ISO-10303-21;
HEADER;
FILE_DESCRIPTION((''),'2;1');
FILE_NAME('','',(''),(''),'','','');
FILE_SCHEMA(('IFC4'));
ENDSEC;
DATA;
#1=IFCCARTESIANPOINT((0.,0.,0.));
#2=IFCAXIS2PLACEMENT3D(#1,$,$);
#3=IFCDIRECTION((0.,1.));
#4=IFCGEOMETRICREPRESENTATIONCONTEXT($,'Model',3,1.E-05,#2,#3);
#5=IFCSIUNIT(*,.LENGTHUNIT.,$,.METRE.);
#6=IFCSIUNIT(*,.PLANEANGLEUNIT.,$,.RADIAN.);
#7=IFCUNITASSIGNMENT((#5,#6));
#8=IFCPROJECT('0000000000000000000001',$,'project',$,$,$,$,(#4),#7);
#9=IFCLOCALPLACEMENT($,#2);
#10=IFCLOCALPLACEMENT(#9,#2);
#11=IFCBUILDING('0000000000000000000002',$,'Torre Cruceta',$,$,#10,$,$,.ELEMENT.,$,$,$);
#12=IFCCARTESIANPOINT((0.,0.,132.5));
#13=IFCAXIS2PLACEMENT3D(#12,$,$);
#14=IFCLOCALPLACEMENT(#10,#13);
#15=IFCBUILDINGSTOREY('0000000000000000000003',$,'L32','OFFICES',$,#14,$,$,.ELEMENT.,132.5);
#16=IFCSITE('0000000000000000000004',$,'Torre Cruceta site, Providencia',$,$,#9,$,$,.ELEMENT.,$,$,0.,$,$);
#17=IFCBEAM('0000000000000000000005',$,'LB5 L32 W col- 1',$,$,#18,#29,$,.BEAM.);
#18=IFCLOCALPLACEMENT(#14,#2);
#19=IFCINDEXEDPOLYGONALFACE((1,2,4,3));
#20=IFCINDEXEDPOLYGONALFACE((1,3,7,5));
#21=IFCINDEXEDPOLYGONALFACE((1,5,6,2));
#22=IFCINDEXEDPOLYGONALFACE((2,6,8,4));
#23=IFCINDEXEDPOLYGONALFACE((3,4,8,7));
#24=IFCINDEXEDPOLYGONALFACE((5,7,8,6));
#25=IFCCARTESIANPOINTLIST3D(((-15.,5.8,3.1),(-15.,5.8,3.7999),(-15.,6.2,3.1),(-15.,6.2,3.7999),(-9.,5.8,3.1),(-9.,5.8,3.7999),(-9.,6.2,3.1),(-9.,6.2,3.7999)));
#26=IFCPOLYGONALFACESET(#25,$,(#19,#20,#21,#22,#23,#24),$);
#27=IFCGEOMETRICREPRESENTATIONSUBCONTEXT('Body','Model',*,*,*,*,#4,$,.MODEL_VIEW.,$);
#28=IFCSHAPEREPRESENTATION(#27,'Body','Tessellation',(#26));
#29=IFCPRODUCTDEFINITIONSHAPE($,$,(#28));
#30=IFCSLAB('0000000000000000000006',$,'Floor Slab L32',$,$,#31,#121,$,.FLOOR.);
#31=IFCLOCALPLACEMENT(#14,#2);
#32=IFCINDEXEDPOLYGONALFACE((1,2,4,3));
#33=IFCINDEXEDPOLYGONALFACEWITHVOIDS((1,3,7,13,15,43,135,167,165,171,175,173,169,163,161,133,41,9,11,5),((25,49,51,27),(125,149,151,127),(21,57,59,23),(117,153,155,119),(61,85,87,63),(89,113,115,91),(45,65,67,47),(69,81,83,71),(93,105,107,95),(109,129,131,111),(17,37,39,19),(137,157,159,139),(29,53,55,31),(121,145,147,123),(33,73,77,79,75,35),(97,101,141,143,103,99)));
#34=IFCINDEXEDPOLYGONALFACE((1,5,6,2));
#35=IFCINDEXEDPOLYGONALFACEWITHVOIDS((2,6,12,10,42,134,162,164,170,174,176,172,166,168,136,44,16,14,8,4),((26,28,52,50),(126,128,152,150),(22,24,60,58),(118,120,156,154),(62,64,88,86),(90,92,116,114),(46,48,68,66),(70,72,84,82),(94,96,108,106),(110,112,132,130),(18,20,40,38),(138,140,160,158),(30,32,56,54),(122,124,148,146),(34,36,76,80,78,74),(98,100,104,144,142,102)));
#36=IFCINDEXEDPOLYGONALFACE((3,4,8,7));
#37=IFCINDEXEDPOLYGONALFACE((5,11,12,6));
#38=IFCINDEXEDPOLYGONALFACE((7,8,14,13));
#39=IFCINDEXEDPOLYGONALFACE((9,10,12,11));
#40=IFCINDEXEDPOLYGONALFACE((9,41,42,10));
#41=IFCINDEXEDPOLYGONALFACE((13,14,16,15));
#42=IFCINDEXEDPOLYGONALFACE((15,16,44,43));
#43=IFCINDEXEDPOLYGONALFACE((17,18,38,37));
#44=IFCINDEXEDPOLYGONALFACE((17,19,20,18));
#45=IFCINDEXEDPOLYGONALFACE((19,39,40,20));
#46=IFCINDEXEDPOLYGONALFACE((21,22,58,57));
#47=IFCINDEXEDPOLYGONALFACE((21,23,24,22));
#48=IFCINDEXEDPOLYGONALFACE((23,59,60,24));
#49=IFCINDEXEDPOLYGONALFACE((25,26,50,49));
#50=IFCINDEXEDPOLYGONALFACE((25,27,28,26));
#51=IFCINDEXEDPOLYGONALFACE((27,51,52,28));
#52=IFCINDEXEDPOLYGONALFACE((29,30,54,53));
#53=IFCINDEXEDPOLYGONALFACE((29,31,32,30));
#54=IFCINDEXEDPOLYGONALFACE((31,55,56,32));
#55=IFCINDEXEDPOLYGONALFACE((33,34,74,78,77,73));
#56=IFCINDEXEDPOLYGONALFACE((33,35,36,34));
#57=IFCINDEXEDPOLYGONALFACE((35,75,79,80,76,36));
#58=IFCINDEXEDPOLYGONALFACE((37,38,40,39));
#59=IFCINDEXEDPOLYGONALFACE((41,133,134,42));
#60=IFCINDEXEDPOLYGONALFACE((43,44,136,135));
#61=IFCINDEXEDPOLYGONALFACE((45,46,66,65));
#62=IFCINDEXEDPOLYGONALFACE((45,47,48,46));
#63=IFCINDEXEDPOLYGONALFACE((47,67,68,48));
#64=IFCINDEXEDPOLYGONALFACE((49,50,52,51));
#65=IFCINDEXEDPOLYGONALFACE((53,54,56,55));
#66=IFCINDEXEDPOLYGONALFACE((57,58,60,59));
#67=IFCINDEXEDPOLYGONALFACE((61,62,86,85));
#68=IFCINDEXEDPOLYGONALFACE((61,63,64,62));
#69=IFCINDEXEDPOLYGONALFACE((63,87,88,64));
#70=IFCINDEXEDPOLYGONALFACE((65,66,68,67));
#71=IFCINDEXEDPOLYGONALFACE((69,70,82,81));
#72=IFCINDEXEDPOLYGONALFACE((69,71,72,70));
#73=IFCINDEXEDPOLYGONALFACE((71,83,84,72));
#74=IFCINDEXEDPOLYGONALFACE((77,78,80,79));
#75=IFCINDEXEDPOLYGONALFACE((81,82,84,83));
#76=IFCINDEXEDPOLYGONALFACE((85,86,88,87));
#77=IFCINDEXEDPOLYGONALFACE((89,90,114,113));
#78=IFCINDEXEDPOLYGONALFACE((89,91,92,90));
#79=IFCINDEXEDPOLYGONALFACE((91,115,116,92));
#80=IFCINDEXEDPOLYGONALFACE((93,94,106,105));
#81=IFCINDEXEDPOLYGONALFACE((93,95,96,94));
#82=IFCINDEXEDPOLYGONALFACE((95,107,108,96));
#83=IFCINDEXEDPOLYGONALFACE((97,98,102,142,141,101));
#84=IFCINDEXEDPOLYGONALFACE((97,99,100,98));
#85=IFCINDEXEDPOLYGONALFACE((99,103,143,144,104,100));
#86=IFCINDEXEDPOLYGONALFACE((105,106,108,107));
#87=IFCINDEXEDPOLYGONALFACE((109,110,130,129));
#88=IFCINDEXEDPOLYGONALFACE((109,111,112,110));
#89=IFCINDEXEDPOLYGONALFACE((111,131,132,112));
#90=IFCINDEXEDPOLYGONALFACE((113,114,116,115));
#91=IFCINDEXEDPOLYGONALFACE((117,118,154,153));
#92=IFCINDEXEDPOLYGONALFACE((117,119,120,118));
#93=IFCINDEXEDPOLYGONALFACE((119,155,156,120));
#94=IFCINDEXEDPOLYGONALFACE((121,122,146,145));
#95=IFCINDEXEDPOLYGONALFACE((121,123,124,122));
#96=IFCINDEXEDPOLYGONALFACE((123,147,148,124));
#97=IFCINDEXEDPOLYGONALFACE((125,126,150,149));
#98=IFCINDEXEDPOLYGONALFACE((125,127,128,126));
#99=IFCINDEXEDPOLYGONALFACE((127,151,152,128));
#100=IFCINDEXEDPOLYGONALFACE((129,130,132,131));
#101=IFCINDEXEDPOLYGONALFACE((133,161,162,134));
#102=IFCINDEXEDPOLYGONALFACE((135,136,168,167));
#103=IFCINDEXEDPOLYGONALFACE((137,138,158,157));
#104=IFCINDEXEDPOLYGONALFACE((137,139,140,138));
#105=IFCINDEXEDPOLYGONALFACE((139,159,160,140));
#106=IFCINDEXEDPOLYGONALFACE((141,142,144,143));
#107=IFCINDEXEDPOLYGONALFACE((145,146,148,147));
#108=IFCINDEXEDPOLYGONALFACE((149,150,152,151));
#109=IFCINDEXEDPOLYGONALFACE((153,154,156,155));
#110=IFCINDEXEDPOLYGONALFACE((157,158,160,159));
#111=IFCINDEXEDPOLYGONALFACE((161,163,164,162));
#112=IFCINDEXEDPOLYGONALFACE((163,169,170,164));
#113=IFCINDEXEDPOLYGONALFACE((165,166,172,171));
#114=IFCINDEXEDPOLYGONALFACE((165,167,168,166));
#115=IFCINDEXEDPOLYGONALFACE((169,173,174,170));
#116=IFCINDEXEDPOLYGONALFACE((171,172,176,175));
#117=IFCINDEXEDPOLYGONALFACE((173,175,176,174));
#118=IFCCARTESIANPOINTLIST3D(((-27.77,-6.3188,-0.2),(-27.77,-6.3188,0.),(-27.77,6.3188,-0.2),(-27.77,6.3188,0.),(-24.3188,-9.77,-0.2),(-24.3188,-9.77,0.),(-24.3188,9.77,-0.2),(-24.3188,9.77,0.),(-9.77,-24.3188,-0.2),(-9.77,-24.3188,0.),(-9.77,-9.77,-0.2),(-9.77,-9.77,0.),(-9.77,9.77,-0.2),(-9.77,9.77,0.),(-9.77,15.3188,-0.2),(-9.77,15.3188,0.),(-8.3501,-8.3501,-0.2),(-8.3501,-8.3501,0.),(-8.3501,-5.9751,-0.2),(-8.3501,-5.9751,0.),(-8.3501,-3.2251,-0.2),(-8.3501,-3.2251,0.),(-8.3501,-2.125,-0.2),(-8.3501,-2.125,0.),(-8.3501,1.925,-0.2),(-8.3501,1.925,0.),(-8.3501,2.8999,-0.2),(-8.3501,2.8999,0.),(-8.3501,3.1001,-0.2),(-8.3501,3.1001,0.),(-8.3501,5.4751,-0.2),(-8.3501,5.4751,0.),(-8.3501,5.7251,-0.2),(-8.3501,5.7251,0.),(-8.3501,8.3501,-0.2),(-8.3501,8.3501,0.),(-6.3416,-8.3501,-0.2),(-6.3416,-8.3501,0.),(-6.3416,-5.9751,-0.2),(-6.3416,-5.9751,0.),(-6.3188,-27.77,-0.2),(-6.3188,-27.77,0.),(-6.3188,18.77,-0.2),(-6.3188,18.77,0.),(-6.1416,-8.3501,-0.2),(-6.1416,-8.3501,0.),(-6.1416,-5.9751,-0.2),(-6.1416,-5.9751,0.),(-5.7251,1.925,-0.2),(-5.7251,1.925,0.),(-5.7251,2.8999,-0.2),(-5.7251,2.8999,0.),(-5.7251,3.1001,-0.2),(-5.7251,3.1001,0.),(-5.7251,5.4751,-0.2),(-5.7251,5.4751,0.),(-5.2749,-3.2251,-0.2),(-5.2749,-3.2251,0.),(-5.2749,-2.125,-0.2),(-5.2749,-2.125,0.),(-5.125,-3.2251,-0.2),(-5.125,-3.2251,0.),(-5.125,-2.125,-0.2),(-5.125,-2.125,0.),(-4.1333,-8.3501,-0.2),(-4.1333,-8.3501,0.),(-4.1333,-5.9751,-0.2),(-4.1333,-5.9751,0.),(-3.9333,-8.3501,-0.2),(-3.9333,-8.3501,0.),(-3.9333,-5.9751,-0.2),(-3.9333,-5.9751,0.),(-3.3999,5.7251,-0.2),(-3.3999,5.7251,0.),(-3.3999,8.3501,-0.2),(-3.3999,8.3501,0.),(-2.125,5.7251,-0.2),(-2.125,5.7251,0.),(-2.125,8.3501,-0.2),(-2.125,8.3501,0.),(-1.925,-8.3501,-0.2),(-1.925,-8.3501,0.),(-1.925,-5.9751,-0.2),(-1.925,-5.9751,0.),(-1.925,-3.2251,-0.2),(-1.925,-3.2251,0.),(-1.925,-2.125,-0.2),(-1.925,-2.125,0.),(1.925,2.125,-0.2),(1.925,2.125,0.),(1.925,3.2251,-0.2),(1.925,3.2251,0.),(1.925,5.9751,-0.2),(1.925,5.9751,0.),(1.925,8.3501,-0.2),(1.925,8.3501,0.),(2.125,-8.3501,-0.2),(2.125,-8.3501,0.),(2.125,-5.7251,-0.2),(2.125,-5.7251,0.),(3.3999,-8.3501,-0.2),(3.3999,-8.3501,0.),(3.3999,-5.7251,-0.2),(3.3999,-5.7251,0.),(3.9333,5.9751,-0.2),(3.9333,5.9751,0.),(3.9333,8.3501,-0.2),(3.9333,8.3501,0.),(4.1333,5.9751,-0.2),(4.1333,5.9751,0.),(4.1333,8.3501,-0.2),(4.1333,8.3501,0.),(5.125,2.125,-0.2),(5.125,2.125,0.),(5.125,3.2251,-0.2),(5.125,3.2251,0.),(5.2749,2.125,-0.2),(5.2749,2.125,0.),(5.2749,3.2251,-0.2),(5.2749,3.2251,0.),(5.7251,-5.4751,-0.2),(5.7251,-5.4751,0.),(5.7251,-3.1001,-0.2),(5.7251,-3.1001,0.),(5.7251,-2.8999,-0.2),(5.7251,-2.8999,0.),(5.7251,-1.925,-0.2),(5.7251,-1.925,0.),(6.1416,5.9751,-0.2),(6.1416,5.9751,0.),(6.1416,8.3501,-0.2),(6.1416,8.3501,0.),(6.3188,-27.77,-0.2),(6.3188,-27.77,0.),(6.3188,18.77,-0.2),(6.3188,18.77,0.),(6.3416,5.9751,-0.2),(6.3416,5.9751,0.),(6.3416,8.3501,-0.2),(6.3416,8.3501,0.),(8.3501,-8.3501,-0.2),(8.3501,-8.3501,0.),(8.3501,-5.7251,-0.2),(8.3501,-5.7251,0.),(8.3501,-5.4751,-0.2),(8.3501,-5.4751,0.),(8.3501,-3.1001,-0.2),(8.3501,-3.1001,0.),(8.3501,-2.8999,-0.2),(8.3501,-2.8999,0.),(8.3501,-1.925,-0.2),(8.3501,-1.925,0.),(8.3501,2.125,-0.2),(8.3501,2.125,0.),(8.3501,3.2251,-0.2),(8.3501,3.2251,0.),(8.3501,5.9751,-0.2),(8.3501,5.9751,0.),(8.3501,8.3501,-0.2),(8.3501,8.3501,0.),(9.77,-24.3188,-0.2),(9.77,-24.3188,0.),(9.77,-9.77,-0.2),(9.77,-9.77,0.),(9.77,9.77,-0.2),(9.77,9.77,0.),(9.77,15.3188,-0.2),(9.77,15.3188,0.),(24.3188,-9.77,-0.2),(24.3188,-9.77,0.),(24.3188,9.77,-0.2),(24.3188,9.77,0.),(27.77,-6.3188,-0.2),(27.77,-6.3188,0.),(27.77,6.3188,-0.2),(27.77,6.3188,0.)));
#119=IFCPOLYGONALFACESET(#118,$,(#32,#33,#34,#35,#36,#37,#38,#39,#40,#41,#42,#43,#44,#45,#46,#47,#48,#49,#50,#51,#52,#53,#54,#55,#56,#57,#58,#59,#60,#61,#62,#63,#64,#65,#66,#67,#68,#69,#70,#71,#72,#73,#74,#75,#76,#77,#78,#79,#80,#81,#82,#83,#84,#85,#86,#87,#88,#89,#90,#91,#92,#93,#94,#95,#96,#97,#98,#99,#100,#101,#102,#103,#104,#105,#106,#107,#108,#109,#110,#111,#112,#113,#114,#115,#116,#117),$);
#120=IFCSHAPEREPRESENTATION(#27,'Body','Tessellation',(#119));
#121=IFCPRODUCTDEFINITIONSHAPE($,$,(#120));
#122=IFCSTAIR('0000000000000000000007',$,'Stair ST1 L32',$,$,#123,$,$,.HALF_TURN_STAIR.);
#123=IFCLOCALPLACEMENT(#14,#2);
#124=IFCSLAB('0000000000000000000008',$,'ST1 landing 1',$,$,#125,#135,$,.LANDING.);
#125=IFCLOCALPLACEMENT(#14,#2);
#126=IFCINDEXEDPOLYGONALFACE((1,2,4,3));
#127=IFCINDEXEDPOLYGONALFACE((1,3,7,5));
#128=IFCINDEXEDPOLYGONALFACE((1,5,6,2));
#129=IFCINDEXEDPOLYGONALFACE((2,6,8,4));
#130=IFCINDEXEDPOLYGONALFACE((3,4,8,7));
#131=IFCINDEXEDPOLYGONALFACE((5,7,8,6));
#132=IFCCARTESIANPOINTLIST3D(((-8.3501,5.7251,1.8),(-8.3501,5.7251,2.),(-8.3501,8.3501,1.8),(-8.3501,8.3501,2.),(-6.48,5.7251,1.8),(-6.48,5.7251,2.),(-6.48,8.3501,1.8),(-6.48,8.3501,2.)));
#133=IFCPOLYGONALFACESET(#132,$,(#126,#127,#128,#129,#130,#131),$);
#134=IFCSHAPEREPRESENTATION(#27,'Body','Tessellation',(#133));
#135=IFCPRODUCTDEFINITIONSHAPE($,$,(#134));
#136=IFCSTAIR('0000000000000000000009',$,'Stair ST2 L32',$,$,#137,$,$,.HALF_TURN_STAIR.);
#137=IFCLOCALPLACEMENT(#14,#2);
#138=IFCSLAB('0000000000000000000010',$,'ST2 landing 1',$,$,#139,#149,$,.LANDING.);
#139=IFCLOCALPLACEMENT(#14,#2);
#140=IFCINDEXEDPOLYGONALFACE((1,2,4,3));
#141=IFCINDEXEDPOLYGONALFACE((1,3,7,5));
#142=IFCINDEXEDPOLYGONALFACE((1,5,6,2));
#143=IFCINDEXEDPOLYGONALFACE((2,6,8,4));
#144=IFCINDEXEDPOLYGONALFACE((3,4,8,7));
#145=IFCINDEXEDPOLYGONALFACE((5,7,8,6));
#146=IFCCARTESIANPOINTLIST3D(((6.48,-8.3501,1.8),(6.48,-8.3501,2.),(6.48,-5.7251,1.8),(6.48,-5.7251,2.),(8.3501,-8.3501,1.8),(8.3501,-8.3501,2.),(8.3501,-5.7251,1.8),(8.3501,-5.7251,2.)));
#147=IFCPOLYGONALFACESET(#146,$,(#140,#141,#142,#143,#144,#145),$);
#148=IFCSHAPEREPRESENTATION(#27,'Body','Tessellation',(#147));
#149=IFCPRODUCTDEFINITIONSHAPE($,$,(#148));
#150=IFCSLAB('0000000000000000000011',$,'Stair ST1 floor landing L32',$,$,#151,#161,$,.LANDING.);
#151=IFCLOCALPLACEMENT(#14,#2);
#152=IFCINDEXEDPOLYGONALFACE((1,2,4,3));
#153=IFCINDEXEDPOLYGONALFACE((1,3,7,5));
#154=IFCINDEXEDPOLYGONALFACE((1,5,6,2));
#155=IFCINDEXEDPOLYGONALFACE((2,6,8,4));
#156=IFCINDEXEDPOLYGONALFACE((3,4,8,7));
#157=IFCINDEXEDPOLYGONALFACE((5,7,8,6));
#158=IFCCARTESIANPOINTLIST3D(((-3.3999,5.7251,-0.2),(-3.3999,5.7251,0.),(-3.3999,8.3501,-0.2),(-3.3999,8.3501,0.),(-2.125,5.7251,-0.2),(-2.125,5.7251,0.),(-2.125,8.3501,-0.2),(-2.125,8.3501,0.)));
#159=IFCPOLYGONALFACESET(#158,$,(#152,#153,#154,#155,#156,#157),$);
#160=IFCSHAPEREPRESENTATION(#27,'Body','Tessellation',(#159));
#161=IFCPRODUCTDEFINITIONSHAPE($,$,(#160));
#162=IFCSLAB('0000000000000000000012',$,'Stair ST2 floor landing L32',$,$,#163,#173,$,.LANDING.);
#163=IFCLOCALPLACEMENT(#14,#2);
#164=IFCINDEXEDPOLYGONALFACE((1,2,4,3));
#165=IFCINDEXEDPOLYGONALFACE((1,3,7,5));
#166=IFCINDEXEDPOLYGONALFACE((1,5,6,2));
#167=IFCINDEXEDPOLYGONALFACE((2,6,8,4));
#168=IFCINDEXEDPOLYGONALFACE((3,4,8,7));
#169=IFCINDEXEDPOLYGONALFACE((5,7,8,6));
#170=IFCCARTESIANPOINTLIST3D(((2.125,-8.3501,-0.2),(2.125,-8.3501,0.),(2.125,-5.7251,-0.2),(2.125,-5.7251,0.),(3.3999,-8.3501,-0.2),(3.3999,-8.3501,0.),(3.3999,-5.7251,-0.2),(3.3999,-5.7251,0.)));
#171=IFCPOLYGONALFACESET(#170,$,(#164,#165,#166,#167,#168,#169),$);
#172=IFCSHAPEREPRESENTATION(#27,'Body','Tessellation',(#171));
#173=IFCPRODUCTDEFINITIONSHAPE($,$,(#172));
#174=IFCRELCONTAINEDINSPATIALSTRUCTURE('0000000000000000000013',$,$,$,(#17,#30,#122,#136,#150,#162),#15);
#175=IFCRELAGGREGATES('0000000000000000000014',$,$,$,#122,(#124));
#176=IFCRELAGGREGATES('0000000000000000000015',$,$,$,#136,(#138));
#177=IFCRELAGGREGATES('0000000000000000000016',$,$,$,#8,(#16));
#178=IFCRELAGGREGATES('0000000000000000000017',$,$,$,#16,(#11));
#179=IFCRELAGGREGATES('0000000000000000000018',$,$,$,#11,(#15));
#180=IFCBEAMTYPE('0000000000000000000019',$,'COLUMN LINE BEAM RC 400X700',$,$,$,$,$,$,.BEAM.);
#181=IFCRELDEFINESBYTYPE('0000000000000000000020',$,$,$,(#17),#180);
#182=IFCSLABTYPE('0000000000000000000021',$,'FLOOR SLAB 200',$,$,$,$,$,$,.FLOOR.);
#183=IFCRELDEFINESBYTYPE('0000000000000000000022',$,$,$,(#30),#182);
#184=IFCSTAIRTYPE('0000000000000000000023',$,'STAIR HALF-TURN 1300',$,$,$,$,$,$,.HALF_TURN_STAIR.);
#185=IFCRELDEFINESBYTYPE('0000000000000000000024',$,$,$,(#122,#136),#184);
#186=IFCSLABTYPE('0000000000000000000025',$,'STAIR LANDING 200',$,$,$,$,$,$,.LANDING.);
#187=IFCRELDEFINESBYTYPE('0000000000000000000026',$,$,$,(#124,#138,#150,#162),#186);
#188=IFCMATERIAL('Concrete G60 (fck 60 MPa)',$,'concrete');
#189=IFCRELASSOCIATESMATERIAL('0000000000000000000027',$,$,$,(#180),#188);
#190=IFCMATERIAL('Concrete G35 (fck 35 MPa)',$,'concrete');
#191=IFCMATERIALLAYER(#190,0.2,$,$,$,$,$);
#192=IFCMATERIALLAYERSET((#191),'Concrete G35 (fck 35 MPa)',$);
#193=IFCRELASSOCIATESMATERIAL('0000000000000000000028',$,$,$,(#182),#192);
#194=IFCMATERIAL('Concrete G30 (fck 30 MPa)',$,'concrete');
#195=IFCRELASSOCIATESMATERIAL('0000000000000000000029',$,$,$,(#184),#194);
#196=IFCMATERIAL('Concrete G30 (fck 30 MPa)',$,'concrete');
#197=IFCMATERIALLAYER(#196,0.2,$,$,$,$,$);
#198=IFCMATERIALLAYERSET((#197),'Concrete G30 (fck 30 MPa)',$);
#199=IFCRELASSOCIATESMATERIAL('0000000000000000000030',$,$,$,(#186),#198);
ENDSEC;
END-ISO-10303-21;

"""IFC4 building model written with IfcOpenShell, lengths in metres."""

from ifc_helpers import new_model, si_unit, direction, frame, origin, origin_2d, place, context, subcontext, project, spatial, polyline, rectangle, outline, extrude, material, layer, layer_set, material_profile, profile_set, type_object, element, aggregate, save


model = new_model("IFC4")

# Units and contexts
model_context = context("Model", 3, precision=1e-05, world=origin(), true_north=direction((0.0, 1.0)))
body_context = subcontext(model_context, "Body", "Model", "MODEL_VIEW")
ifc_project = project(units=[si_unit("LENGTHUNIT", "METRE"), si_unit("PLANEANGLEUNIT", "RADIAN")], contexts=[model_context])

# Site, building, storey
site_placement = place(None, origin())
site = spatial("IfcSite", under=ifc_project, at=site_placement, Name="Torre Cruceta site, Providencia", CompositionType="ELEMENT", RefElevation=0.0)
building_placement = place(site_placement, origin())
building = spatial("IfcBuilding", under=site, at=building_placement, Name="Torre Cruceta", CompositionType="ELEMENT")
storey_placement = place(building_placement, frame((0.0, 0.0, 132.5)))
storey = spatial("IfcBuildingStorey", under=building, at=storey_placement, Name="L32", Description="OFFICES", CompositionType="ELEMENT", Elevation=132.5)

# Beam
ifc_material_1 = material(Name="Concrete G60 (fck 60 MPa)", Category="concrete")
ifc_material_profile = material_profile(ifc_material_1, rectangle(XDim=0.3999, YDim=0.7, at=origin_2d()), Name="RC 400X700")
ifc_profile_set = profile_set([ifc_material_profile], Name="Concrete G60 (fck 60 MPa)")
beam_type = type_object("IfcBeamType", Name="COLUMN LINE BEAM RC 400X700", PredefinedType="BEAM", material=ifc_profile_set)
beam_placement = place(storey_placement, frame((-9.0, 6.0, 3.45), z_axis=(-1.0, 0.0, 0.0), x_axis=(0.0, -1.0, 0.0)))
element("IfcBeam", 1, at=beam_placement, inside=storey, type_object=beam_type, Name="LB5 L32 W col- 1", PredefinedType="BEAM", context=body_context, shape_type="SweptSolid", body=[
    extrude(rectangle(XDim=0.3999, YDim=0.7, at=origin_2d()), origin(), (0.0, 0.0, 1.0), 6.0),
])

# Slab
ifc_material_2 = material(Name="Concrete G35 (fck 35 MPa)", Category="concrete")
ifc_layer_1 = layer(ifc_material_2, 0.2)
ifc_layer_set_1 = layer_set([ifc_layer_1], Name="Concrete G35 (fck 35 MPa)")
slab_type_1 = type_object("IfcSlabType", Name="FLOOR SLAB 200", PredefinedType="FLOOR", material=ifc_layer_set_1)
slab_1_placement = place(storey_placement, frame((0.0, 0.0, -0.2)))
element("IfcSlab", 2, at=slab_1_placement, inside=storey, type_object=slab_type_1, Name="Floor Slab L32", PredefinedType="FLOOR", context=body_context, shape_type="SweptSolid", body=[
    extrude(outline(polyline([(9.77, -9.77), (9.77, -24.3188), (6.3188, -27.77), (-6.3188, -27.77), (-9.77, -24.3188), (-9.77, -9.77), (-24.3188, -9.77), (-27.77, -6.3188), (-27.77, 6.3188), (-24.3188, 9.77), (-9.77, 9.77), (-9.77, 15.3188), (-6.3188, 18.77), (6.3188, 18.77), (9.77, 15.3188), (9.77, 9.77), (24.3188, 9.77), (27.77, 6.3188), (27.77, -6.3188), (24.3188, -9.77), (9.77, -9.77)]), holes=[polyline([(1.925, 5.9751), (3.9333, 5.9751), (3.9333, 8.3501), (1.925, 8.3501), (1.925, 5.9751)]), polyline([(4.1333, 5.9751), (6.1416, 5.9751), (6.1416, 8.3501), (4.1333, 8.3501), (4.1333, 5.9751)]), polyline([(6.3416, 5.9751), (8.3501, 5.9751), (8.3501, 8.3501), (6.3416, 8.3501), (6.3416, 5.9751)]), polyline([(1.925, 2.125), (5.125, 2.125), (5.125, 3.2251), (1.925, 3.2251), (1.925, 2.125)]), polyline([(5.2749, 2.125), (8.3501, 2.125), (8.3501, 3.2251), (5.2749, 3.2251), (5.2749, 2.125)]), polyline([(-8.3501, 3.1001), (-5.7251, 3.1001), (-5.7251, 5.4751), (-8.3501, 5.4751), (-8.3501, 3.1001)]), polyline([(-8.3501, 1.925), (-5.7251, 1.925), (-5.7251, 2.8999), (-8.3501, 2.8999), (-8.3501, 1.925)]), polyline([(-3.9333, -8.3501), (-1.925, -8.3501), (-1.925, -5.9751), (-3.9333, -5.9751), (-3.9333, -8.3501)]), polyline([(-6.1416, -8.3501), (-4.1333, -8.3501), (-4.1333, -5.9751), (-6.1416, -5.9751), (-6.1416, -8.3501)]), polyline([(-8.3501, -8.3501), (-6.3416, -8.3501), (-6.3416, -5.9751), (-8.3501, -5.9751), (-8.3501, -8.3501)]), polyline([(-5.125, -3.2251), (-1.925, -3.2251), (-1.925, -2.125), (-5.125, -2.125), (-5.125, -3.2251)]), polyline([(-8.3501, -3.2251), (-5.2749, -3.2251), (-5.2749, -2.125), (-8.3501, -2.125), (-8.3501, -3.2251)]), polyline([(5.7251, -5.4751), (8.3501, -5.4751), (8.3501, -3.1001), (5.7251, -3.1001), (5.7251, -5.4751)]), polyline([(5.7251, -2.8999), (8.3501, -2.8999), (8.3501, -1.925), (5.7251, -1.925), (5.7251, -2.8999)]), polyline([(-8.3501, 5.7251), (-8.3501, 8.3501), (-3.3999, 8.3501), (-2.125, 8.3501), (-2.125, 5.7251), (-3.3999, 5.7251), (-8.3501, 5.7251)]), polyline([(2.125, -5.7251), (3.3999, -5.7251), (8.3501, -5.7251), (8.3501, -8.3501), (3.3999, -8.3501), (2.125, -8.3501), (2.125, -5.7251)])]), origin(), (0.0, 0.0, 1.0), 0.2),
])

# Stairs, slabs
ifc_material_3 = material(Name="Concrete G30 (fck 30 MPa)", Category="concrete")
stair_type = type_object("IfcStairType", Name="STAIR HALF-TURN 1300", PredefinedType="HALF_TURN_STAIR", material=ifc_material_3)
stair_1_placement = place(storey_placement, origin())
stair_1 = element("IfcStair", 3, at=stair_1_placement, inside=storey, type_object=stair_type, Name="Stair ST1 L32", PredefinedType="HALF_TURN_STAIR")
ifc_material_4 = material(Name="Concrete G30 (fck 30 MPa)", Category="concrete")
ifc_layer_2 = layer(ifc_material_4, 0.2)
ifc_layer_set_2 = layer_set([ifc_layer_2], Name="Concrete G30 (fck 30 MPa)")
slab_type_2 = type_object("IfcSlabType", Name="STAIR LANDING 200", PredefinedType="LANDING", material=ifc_layer_set_2)
slab_2_placement = place(storey_placement, frame((0.0, 0.0, 1.8)))
slab_2 = element("IfcSlab", 4, at=slab_2_placement, type_object=slab_type_2, Name="ST1 landing 1", PredefinedType="LANDING", context=body_context, shape_type="SweptSolid", body=[
    extrude(outline(polyline([(-8.3501, 5.7251), (-6.48, 5.7251), (-6.48, 8.3501), (-8.3501, 8.3501), (-8.3501, 5.7251)])), origin(), (0.0, 0.0, 1.0), 0.2),
])
aggregate(stair_1, [slab_2])
stair_2_placement = place(storey_placement, origin())
stair_2 = element("IfcStair", 5, at=stair_2_placement, inside=storey, type_object=stair_type, Name="Stair ST2 L32", PredefinedType="HALF_TURN_STAIR")
slab_3_placement = place(storey_placement, frame((0.0, 0.0, 1.8)))
slab_3 = element("IfcSlab", 6, at=slab_3_placement, type_object=slab_type_2, Name="ST2 landing 1", PredefinedType="LANDING", context=body_context, shape_type="SweptSolid", body=[
    extrude(outline(polyline([(6.48, -8.3501), (8.3501, -8.3501), (8.3501, -5.7251), (6.48, -5.7251), (6.48, -8.3501)])), origin(), (0.0, 0.0, 1.0), 0.2),
])
aggregate(stair_2, [slab_3])

# Slabs
slab_4_placement = place(storey_placement, frame((0.0, 0.0, -0.2)))
element("IfcSlab", 7, at=slab_4_placement, inside=storey, type_object=slab_type_2, Name="Stair ST1 floor landing L32", PredefinedType="LANDING", context=body_context, shape_type="SweptSolid", body=[
    extrude(outline(polyline([(-2.125, 8.3501), (-2.125, 5.7251), (-3.3999, 5.7251), (-3.3999, 8.3501), (-2.125, 8.3501)])), origin(), (0.0, 0.0, 1.0), 0.2),
])
slab_5_placement = place(storey_placement, frame((0.0, 0.0, -0.2)))
element("IfcSlab", 8, at=slab_5_placement, inside=storey, type_object=slab_type_2, Name="Stair ST2 floor landing L32", PredefinedType="LANDING", context=body_context, shape_type="SweptSolid", body=[
    extrude(outline(polyline([(2.125, -8.3501), (2.125, -5.7251), (3.3999, -5.7251), (3.3999, -8.3501), (2.125, -8.3501)])), origin(), (0.0, 0.0, 1.0), 0.2),
])

save(model, "model.ifc")
